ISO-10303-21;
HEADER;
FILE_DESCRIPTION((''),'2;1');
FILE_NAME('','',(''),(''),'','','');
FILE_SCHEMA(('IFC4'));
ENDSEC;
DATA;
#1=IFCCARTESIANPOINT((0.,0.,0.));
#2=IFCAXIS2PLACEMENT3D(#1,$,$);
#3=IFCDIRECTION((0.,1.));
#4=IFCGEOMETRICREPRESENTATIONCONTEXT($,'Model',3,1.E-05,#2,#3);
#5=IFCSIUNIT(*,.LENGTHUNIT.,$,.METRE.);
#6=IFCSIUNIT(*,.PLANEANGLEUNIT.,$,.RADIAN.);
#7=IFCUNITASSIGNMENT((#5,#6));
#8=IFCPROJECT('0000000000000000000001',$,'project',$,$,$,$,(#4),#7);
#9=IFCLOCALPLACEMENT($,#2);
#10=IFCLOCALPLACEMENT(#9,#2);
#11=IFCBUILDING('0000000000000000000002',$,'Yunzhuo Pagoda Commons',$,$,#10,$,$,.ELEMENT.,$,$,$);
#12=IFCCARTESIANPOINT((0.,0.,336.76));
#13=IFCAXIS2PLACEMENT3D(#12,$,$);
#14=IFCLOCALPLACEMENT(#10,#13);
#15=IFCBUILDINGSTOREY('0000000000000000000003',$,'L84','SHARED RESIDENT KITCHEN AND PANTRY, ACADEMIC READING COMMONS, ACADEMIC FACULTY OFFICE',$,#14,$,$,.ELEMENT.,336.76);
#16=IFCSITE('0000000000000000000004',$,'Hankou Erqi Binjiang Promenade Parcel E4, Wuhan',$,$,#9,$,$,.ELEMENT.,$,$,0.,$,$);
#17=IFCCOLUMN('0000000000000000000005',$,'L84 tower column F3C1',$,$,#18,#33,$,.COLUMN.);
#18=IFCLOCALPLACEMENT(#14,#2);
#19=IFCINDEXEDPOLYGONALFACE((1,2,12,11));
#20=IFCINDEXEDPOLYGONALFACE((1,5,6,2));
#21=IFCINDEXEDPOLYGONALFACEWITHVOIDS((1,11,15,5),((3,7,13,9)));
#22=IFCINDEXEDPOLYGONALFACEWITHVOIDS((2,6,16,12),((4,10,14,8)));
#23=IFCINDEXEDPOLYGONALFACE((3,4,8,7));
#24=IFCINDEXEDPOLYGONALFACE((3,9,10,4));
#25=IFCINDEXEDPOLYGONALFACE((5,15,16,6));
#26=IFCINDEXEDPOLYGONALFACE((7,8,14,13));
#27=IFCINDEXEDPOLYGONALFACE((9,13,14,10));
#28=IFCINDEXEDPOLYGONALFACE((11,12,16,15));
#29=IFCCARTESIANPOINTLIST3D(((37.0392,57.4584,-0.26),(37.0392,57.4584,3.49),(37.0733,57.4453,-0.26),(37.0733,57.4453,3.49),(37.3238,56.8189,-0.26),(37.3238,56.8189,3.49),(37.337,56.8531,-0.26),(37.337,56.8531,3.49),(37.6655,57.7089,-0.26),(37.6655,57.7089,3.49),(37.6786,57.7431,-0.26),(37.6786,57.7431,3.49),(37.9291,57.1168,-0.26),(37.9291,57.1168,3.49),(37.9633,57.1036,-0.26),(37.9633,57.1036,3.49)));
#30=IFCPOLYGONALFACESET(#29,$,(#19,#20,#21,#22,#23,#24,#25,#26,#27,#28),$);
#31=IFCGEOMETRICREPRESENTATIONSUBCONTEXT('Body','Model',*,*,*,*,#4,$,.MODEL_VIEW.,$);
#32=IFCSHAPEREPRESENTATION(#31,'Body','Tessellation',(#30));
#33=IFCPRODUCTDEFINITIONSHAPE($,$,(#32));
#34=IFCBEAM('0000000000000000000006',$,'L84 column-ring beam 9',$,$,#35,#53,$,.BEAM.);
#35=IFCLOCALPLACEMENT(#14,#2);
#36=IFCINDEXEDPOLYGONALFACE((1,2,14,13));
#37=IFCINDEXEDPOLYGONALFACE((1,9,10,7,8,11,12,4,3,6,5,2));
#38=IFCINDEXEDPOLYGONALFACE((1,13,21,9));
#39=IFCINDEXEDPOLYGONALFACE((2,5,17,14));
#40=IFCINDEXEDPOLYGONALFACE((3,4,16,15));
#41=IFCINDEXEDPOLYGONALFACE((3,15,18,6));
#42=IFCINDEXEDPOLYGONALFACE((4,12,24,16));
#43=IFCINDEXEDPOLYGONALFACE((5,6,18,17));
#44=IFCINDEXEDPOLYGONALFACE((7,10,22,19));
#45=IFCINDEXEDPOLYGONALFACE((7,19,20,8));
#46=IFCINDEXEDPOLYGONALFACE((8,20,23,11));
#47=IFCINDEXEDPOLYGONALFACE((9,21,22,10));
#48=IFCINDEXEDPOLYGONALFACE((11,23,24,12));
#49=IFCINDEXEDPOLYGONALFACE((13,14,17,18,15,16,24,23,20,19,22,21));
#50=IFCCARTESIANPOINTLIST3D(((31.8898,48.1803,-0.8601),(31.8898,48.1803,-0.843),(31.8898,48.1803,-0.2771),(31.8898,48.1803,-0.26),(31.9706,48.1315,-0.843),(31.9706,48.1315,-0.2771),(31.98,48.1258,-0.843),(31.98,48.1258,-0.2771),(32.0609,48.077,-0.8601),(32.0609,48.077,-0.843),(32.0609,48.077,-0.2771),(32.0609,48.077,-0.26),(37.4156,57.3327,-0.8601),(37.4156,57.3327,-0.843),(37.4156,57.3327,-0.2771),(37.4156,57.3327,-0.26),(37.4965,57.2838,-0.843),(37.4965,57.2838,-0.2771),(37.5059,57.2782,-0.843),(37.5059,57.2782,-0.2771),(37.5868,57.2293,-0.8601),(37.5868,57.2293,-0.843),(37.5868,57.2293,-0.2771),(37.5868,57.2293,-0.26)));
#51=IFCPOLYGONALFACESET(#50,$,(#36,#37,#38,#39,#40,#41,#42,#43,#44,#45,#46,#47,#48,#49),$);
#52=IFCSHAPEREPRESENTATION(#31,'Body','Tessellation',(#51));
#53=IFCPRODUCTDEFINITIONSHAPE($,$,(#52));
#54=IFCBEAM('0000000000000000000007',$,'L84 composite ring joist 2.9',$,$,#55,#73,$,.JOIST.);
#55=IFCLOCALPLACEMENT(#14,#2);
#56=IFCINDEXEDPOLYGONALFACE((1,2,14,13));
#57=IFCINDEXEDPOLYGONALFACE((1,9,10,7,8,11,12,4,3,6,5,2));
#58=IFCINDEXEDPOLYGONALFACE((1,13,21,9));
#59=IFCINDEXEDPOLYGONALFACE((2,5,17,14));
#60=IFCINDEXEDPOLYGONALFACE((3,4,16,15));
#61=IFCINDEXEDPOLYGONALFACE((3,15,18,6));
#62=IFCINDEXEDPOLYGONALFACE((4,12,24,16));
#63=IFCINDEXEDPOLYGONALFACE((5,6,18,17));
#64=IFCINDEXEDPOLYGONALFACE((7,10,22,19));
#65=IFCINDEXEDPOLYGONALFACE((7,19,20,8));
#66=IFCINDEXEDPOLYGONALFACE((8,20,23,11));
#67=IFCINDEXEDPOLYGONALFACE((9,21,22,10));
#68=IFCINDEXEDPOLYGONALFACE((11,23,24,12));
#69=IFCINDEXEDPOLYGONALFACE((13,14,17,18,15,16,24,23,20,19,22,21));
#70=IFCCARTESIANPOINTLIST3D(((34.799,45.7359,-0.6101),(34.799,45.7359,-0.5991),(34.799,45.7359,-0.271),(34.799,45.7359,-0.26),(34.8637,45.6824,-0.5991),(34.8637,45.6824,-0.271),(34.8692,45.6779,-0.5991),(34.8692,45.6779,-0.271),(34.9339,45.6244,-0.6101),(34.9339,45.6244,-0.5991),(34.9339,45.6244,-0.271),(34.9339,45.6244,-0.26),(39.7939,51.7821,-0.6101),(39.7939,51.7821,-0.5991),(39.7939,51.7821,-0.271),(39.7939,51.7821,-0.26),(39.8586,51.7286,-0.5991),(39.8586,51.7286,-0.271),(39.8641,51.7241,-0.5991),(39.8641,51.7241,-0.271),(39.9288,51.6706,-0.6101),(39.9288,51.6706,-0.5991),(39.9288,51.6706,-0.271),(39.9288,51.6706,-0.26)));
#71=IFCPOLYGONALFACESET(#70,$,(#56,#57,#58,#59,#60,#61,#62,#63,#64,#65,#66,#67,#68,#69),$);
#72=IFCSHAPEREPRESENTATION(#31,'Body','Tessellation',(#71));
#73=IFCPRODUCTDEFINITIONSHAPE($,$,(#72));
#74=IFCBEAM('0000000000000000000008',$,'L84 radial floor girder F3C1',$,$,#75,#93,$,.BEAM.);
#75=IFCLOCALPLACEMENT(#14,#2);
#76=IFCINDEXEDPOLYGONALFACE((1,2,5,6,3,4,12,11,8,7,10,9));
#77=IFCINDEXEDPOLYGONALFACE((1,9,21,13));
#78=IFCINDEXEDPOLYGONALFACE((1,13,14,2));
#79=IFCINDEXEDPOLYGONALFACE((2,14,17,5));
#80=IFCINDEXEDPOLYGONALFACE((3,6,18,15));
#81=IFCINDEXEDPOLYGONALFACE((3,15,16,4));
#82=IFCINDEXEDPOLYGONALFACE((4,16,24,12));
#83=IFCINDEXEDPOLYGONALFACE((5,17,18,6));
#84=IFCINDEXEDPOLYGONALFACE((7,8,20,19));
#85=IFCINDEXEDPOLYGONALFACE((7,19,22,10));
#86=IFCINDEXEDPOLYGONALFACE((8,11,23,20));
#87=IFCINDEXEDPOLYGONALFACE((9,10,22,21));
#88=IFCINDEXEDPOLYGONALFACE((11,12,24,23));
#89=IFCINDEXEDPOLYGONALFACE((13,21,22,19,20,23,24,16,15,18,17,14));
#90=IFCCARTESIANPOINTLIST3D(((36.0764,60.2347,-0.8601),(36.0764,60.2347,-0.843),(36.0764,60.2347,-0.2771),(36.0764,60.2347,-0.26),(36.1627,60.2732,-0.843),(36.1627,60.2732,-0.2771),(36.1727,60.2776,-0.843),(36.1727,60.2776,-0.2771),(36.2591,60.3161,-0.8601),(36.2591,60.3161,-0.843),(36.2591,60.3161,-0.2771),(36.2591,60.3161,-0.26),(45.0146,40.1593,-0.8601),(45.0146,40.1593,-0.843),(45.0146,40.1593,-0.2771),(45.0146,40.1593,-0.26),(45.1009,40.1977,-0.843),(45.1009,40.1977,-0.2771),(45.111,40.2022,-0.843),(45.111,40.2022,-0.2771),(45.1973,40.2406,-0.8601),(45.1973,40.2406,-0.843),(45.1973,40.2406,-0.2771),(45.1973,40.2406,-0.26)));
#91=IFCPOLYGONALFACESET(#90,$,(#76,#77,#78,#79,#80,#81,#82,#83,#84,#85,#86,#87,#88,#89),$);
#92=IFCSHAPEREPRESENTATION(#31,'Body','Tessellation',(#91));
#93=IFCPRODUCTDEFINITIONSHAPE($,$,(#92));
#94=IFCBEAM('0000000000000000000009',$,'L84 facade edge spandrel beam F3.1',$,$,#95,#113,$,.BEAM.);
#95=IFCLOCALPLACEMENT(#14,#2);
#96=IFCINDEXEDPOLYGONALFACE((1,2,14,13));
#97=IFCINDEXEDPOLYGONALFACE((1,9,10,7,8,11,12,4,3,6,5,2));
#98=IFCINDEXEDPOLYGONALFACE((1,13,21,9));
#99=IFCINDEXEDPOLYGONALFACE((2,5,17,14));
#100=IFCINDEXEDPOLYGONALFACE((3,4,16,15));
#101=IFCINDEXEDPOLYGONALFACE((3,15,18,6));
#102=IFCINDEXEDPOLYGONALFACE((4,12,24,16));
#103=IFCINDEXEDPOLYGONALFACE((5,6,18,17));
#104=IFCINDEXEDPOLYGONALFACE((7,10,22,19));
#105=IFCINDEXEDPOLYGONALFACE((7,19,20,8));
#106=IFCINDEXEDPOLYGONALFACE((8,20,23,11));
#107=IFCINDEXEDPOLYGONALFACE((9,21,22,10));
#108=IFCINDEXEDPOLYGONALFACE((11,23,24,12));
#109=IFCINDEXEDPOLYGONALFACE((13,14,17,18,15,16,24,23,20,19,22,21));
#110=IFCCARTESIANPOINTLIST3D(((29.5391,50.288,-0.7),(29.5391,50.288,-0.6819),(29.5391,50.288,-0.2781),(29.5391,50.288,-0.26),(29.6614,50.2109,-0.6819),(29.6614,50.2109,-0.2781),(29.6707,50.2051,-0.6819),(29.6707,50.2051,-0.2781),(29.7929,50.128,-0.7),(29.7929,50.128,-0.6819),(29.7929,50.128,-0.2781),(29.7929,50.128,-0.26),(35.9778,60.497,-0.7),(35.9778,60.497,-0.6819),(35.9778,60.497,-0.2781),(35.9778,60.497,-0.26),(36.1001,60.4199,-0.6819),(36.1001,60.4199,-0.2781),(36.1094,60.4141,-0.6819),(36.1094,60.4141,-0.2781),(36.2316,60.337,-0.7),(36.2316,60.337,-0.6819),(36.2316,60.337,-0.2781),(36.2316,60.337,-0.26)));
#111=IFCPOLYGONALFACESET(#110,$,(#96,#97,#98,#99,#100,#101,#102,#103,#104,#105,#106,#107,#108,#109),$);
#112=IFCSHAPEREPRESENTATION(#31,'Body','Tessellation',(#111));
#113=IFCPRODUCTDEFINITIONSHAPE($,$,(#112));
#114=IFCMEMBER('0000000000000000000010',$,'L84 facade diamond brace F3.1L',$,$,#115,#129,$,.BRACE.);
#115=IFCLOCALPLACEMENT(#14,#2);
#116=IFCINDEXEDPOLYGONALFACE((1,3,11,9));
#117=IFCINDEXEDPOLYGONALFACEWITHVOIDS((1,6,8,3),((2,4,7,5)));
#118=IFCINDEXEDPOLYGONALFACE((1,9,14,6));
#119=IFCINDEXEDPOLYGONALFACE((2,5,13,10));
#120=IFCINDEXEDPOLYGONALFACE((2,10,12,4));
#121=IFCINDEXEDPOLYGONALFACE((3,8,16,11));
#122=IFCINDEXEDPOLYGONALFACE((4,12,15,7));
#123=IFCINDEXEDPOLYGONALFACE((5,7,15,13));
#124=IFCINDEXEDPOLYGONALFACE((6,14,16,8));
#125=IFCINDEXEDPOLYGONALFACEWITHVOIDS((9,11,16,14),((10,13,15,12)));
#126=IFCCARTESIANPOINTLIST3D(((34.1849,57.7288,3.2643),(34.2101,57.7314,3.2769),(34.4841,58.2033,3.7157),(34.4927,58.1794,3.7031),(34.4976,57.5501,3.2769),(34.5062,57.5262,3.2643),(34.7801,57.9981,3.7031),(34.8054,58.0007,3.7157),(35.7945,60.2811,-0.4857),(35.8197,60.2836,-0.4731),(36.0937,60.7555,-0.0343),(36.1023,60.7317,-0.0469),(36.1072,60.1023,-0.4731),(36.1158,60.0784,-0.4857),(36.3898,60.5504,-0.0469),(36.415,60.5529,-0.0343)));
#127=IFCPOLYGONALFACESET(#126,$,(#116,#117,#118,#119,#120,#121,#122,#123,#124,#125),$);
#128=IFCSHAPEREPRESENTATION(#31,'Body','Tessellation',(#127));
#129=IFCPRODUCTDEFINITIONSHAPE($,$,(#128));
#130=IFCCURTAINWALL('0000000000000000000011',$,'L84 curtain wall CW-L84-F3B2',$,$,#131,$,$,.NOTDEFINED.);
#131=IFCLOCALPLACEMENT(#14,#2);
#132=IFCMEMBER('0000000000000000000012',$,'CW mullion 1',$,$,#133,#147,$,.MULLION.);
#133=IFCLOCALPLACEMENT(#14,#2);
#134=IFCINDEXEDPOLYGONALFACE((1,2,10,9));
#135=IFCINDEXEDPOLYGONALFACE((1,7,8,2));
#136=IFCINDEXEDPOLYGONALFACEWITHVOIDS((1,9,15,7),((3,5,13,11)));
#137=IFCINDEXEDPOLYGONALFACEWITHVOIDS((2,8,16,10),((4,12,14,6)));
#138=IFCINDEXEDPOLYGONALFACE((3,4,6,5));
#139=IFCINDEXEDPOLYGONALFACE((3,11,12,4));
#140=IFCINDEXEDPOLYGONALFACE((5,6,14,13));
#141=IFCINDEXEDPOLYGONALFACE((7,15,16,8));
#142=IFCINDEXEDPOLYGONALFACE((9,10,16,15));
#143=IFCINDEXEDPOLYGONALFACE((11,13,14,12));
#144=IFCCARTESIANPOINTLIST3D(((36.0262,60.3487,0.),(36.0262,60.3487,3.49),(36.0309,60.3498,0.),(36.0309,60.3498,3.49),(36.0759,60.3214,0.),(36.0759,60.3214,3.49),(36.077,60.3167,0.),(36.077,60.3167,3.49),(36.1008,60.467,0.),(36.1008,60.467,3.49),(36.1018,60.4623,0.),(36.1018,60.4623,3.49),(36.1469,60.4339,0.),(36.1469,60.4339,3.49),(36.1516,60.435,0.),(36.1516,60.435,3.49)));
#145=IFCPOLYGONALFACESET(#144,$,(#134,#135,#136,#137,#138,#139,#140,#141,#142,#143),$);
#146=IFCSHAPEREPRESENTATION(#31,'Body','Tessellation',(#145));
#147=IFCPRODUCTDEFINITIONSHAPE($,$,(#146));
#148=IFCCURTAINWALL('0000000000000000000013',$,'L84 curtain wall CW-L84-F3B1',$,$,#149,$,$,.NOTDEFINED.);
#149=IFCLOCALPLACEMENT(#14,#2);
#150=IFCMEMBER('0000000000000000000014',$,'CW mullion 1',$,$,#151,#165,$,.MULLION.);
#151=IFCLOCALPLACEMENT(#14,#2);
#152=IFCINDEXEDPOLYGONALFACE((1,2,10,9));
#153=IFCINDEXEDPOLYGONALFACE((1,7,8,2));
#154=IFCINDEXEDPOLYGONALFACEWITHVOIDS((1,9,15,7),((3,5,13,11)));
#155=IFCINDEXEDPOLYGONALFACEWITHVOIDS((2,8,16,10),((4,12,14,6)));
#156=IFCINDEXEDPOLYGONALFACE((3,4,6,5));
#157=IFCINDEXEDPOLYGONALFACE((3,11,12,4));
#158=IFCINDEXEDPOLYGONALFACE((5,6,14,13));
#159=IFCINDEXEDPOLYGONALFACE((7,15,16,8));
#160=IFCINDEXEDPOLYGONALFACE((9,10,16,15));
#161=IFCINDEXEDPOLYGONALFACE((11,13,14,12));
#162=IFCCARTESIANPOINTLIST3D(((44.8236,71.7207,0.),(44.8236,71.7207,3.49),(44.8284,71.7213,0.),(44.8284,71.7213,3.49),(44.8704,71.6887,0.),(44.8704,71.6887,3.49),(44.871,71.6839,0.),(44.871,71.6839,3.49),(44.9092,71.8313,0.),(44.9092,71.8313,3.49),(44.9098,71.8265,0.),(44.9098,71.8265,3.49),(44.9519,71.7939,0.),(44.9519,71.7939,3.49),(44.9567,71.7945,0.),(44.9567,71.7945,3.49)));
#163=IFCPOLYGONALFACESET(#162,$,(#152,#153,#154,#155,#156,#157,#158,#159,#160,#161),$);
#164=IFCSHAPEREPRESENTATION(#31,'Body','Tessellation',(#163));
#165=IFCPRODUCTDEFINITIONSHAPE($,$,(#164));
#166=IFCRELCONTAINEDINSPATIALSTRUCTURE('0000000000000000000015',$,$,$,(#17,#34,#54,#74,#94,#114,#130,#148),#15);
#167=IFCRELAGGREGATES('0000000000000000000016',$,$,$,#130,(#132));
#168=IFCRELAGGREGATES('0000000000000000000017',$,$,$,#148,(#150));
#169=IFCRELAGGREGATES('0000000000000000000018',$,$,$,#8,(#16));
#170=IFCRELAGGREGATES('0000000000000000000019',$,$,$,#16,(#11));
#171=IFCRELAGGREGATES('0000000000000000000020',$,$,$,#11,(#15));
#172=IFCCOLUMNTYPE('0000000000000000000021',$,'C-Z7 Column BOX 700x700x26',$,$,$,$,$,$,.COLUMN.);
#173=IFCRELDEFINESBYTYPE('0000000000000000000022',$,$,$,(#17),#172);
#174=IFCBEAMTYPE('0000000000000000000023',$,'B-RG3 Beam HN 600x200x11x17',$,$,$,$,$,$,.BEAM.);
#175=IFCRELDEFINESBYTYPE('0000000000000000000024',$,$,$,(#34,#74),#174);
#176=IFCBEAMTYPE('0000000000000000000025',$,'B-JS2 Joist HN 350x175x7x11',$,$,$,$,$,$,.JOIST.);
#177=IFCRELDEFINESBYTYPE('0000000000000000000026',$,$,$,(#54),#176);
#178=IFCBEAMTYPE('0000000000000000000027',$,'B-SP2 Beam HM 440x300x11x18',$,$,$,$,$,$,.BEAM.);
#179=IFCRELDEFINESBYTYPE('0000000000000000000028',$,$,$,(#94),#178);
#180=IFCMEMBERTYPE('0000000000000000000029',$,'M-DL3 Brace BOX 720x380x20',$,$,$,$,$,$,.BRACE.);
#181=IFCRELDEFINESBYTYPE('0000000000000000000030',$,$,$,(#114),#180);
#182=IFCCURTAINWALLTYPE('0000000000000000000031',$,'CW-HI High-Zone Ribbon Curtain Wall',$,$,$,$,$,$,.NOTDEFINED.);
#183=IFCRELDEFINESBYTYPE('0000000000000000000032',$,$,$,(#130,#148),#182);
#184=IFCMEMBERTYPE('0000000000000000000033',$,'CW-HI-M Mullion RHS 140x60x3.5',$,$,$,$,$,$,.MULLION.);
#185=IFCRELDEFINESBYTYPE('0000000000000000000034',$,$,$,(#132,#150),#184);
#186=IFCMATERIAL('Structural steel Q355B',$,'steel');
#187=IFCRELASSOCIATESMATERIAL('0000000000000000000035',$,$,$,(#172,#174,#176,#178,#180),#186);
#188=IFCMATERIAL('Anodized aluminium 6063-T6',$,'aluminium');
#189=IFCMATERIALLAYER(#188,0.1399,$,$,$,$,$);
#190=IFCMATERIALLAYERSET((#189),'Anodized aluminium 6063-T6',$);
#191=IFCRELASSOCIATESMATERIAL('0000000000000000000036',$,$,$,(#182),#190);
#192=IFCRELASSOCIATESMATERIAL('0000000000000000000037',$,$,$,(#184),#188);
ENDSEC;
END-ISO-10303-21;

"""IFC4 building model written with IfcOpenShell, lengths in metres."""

from ifc_helpers import new_model, si_unit, direction, frame, origin, origin_2d, place, context, subcontext, project, spatial, hollow_rectangle, i_section, extrude, source, transform, mapped, material, layer, layer_set, material_profile, profile_set, type_object, element, aggregate, save


model = new_model("IFC4")

# Units and contexts
model_context = context("Model", 3, precision=1e-05, world=origin(), true_north=direction((0.0, 1.0)))
body_context = subcontext(model_context, "Body", "Model", "MODEL_VIEW")
ifc_project = project(units=[si_unit("LENGTHUNIT", "METRE"), si_unit("PLANEANGLEUNIT", "RADIAN")], contexts=[model_context])

# Site, building, storey
site_placement = place(None, origin())
site = spatial("IfcSite", under=ifc_project, at=site_placement, Name="Hankou Erqi Binjiang Promenade Parcel E4, Wuhan", CompositionType="ELEMENT", RefElevation=0.0)
building_placement = place(site_placement, origin())
building = spatial("IfcBuilding", under=site, at=building_placement, Name="Yunzhuo Pagoda Commons", CompositionType="ELEMENT")
storey_placement = place(building_placement, frame((0.0, 0.0, 336.76)))
storey = spatial("IfcBuildingStorey", under=building, at=storey_placement, Name="L84", Description="SHARED RESIDENT KITCHEN AND PANTRY, ACADEMIC READING COMMONS, ACADEMIC FACULTY OFFICE", CompositionType="ELEMENT", Elevation=336.76)

# Column
ifc_material_1 = material(Name="Structural steel Q355B", Category="steel")
ifc_material_profile_1 = material_profile(ifc_material_1, hollow_rectangle(XDim=0.7, YDim=0.7, WallThickness=0.0259, at=origin_2d()), Name="Structural steel Q355B")
ifc_profile_set_1 = profile_set([ifc_material_profile_1], Name="Structural steel Q355B")
column_type = type_object("IfcColumnType", Name="C-Z7 Column BOX 700x700x26", PredefinedType="COLUMN", material=ifc_profile_set_1)
shared_shape_1 = source(origin(), body_context, "Body", "SweptSolid", [
    extrude(hollow_rectangle(XDim=0.7, YDim=0.7, WallThickness=0.0259, at=origin_2d()), origin(), (0.0, 0.0, 1.0), 3.75),
])
column_placement = place(storey_placement, frame((37.5012, 57.281, -0.26), z_axis=(0.0, 0.0, 1.0), x_axis=(-0.913545, -0.406737, 0.0)))
element("IfcColumn", 1, at=column_placement, inside=storey, type_object=column_type, Name="L84 tower column F3C1", PredefinedType="COLUMN", context=body_context, shape_type="MappedRepresentation", body=[
    mapped(shared_shape_1, transform((0.0, 0.0, 0.0), scale=1.0)),
])

# Beams
ifc_material_profile_2 = material_profile(ifc_material_1, i_section(OverallWidth=0.2, OverallDepth=0.6001, WebThickness=0.011, FlangeThickness=0.0171, at=origin_2d()), Name="Structural steel Q355B")
ifc_profile_set_2 = profile_set([ifc_material_profile_2], Name="Structural steel Q355B")
beam_type_1 = type_object("IfcBeamType", Name="B-RG3 Beam HN 600x200x11x17", PredefinedType="BEAM", material=ifc_profile_set_2)
shared_shape_2 = source(origin(), body_context, "Body", "SweptSolid", [
    extrude(i_section(OverallWidth=0.2, OverallDepth=0.6001, WebThickness=0.011, FlangeThickness=0.0171, at=origin_2d()), origin(), (0.0, 0.0, 1.0), 10.6912),
])
beam_1_placement = place(storey_placement, frame((37.5012, 57.281, -0.5601), z_axis=(-0.516865, -0.856067, 0.0), x_axis=(0.856067, -0.516865, 0.0)))
element("IfcBeam", 2, at=beam_1_placement, inside=storey, type_object=beam_type_1, Name="L84 column-ring beam 9", PredefinedType="BEAM", context=body_context, shape_type="MappedRepresentation", body=[
    mapped(shared_shape_2, transform((0.0, 0.0, 0.0), scale=1.0)),
])
ifc_material_profile_3 = material_profile(ifc_material_1, i_section(OverallWidth=0.175, OverallDepth=0.3501, WebThickness=0.0071, FlangeThickness=0.011, at=origin_2d()), Name="Structural steel Q355B")
ifc_profile_set_3 = profile_set([ifc_material_profile_3], Name="Structural steel Q355B")
beam_type_2 = type_object("IfcBeamType", Name="B-JS2 Joist HN 350x175x7x11", PredefinedType="JOIST", material=ifc_profile_set_3)
shared_shape_3 = source(origin(), body_context, "Body", "SweptSolid", [
    extrude(i_section(OverallWidth=0.175, OverallDepth=0.3501, WebThickness=0.0071, FlangeThickness=0.011, at=origin_2d()), origin(), (0.0, 0.0, 1.0), 7.8425),
])
beam_2_placement = place(storey_placement, frame((39.8613, 51.7263, -0.4351), z_axis=(-0.636899, -0.770947, 0.0), x_axis=(0.770947, -0.636899, 0.0)))
element("IfcBeam", 3, at=beam_2_placement, inside=storey, type_object=beam_type_2, Name="L84 composite ring joist 2.9", PredefinedType="JOIST", context=body_context, shape_type="MappedRepresentation", body=[
    mapped(shared_shape_3, transform((0.0, 0.0, 0.0), scale=1.0)),
])
shared_shape_4 = source(origin(), body_context, "Body", "SweptSolid", [
    extrude(i_section(OverallWidth=0.2, OverallDepth=0.6001, WebThickness=0.011, FlangeThickness=0.0171, at=origin_2d()), origin(), (0.0, 0.0, 1.0), 21.9753),
])
beam_3_placement = place(storey_placement, frame((36.1677, 60.2754, -0.5601), z_axis=(0.406739, -0.913544, 0.0), x_axis=(0.913544, 0.406739, 0.0)))
element("IfcBeam", 4, at=beam_3_placement, inside=storey, type_object=beam_type_1, Name="L84 radial floor girder F3C1", PredefinedType="BEAM", context=body_context, shape_type="MappedRepresentation", body=[
    mapped(shared_shape_4, transform((0.0, 0.0, 0.0), scale=1.0)),
])
ifc_material_profile_4 = material_profile(ifc_material_1, i_section(OverallWidth=0.3, OverallDepth=0.4399, WebThickness=0.011, FlangeThickness=0.0181, at=origin_2d()), Name="Structural steel Q355B")
ifc_profile_set_4 = profile_set([ifc_material_profile_4], Name="Structural steel Q355B")
beam_type_3 = type_object("IfcBeamType", Name="B-SP2 Beam HM 440x300x11x18", PredefinedType="BEAM", material=ifc_profile_set_4)
shared_shape_5 = source(origin(), body_context, "Body", "SweptSolid", [
    extrude(i_section(OverallWidth=0.3, OverallDepth=0.4399, WebThickness=0.011, FlangeThickness=0.0181, at=origin_2d()), origin(), (0.0, 0.0, 1.0), 12.0698),
])
beam_4_placement = place(storey_placement, frame((36.1047, 60.417, -0.48), z_axis=(-0.533456, -0.845828, 0.0), x_axis=(0.845828, -0.533456, 0.0)))
element("IfcBeam", 5, at=beam_4_placement, inside=storey, type_object=beam_type_3, Name="L84 facade edge spandrel beam F3.1", PredefinedType="BEAM", context=body_context, shape_type="MappedRepresentation", body=[
    mapped(shared_shape_5, transform((0.0, 0.0, 0.0), scale=1.0)),
])

# Member
ifc_material_profile_5 = material_profile(ifc_material_1, hollow_rectangle(XDim=0.3799, YDim=0.72, WallThickness=0.02, at=origin_2d()), Name="Structural steel Q355B")
ifc_profile_set_5 = profile_set([ifc_material_profile_5], Name="Structural steel Q355B")
member_type_1 = type_object("IfcMemberType", Name="M-DL3 Brace BOX 720x380x20", PredefinedType="BRACE", material=ifc_profile_set_5)
shared_shape_6 = source(origin(), body_context, "Body", "SweptSolid", [
    extrude(hollow_rectangle(XDim=0.3799, YDim=0.72, WallThickness=0.02, at=origin_2d()), origin(), (0.0, 0.0, 1.0), 4.8132),
])
member_1_placement = place(storey_placement, frame((36.1047, 60.417, -0.26), z_axis=(-0.334414, -0.530255, 0.7791), x_axis=(0.845837, -0.533442, 0.0)))
element("IfcMember", 6, at=member_1_placement, inside=storey, type_object=member_type_1, Name="L84 facade diamond brace F3.1L", PredefinedType="BRACE", context=body_context, shape_type="MappedRepresentation", body=[
    mapped(shared_shape_6, transform((0.0, 0.0, 0.0), scale=1.0)),
])

# Curtain wall, member
ifc_material_2 = material(Name="Anodized aluminium 6063-T6", Category="aluminium")
ifc_layer_1 = layer(ifc_material_2, 0.1399)
ifc_layer_set_1 = layer_set([ifc_layer_1], Name="Anodized aluminium 6063-T6")
curtain_wall_type = type_object("IfcCurtainWallType", Name="CW-HI High-Zone Ribbon Curtain Wall", PredefinedType="NOTDEFINED", material=ifc_layer_set_1)
curtain_wall_1_placement = place(storey_placement, origin())
curtain_wall_1 = element("IfcCurtainWall", 7, at=curtain_wall_1_placement, inside=storey, type_object=curtain_wall_type, Name="L84 curtain wall CW-L84-F3B2", PredefinedType="NOTDEFINED")
ifc_material_profile_6 = material_profile(ifc_material_2, hollow_rectangle(XDim=0.0601, YDim=0.1399, WallThickness=0.0034, at=origin_2d()), Name="Anodized aluminium 6063-T6")
ifc_profile_set_6 = profile_set([ifc_material_profile_6], Name="Anodized aluminium 6063-T6")
member_type_2 = type_object("IfcMemberType", Name="CW-HI-M Mullion RHS 140x60x3.5", PredefinedType="MULLION", material=ifc_profile_set_6)
shared_shape_7 = source(origin(), body_context, "Body", "SweptSolid", [
    extrude(hollow_rectangle(XDim=0.0601, YDim=0.1399, WallThickness=0.0034, at=origin_2d()), origin(), (0.0, 0.0, 1.0), 3.49),
])
member_2_placement = place(storey_placement, frame((36.0889, 60.3918, 0.0), z_axis=(0.0, 0.0, 1.0), x_axis=(0.845818, -0.533472, 0.0)))
member_2 = element("IfcMember", 8, at=member_2_placement, type_object=member_type_2, Name="CW mullion 1", PredefinedType="MULLION", context=body_context, shape_type="MappedRepresentation", body=[
    mapped(shared_shape_7, transform((0.0, 0.0, 0.0), scale=1.0)),
])

# Curtain wall, member
curtain_wall_2_placement = place(storey_placement, origin())
curtain_wall_2 = element("IfcCurtainWall", 9, at=curtain_wall_2_placement, inside=storey, type_object=curtain_wall_type, Name="L84 curtain wall CW-L84-F3B1", PredefinedType="NOTDEFINED")
member_3_placement = place(storey_placement, frame((44.8901, 71.7576, 0.0), z_axis=(0.0, 0.0, 1.0), x_axis=(0.790527, -0.612427, 0.0)))
member_3 = element("IfcMember", 10, at=member_3_placement, type_object=member_type_2, Name="CW mullion 1", PredefinedType="MULLION", context=body_context, shape_type="MappedRepresentation", body=[
    mapped(shared_shape_7, transform((0.0, 0.0, 0.0), scale=1.0)),
])

aggregate(curtain_wall_1, [member_2])

aggregate(curtain_wall_2, [member_3])

save(model, "model.ifc")
